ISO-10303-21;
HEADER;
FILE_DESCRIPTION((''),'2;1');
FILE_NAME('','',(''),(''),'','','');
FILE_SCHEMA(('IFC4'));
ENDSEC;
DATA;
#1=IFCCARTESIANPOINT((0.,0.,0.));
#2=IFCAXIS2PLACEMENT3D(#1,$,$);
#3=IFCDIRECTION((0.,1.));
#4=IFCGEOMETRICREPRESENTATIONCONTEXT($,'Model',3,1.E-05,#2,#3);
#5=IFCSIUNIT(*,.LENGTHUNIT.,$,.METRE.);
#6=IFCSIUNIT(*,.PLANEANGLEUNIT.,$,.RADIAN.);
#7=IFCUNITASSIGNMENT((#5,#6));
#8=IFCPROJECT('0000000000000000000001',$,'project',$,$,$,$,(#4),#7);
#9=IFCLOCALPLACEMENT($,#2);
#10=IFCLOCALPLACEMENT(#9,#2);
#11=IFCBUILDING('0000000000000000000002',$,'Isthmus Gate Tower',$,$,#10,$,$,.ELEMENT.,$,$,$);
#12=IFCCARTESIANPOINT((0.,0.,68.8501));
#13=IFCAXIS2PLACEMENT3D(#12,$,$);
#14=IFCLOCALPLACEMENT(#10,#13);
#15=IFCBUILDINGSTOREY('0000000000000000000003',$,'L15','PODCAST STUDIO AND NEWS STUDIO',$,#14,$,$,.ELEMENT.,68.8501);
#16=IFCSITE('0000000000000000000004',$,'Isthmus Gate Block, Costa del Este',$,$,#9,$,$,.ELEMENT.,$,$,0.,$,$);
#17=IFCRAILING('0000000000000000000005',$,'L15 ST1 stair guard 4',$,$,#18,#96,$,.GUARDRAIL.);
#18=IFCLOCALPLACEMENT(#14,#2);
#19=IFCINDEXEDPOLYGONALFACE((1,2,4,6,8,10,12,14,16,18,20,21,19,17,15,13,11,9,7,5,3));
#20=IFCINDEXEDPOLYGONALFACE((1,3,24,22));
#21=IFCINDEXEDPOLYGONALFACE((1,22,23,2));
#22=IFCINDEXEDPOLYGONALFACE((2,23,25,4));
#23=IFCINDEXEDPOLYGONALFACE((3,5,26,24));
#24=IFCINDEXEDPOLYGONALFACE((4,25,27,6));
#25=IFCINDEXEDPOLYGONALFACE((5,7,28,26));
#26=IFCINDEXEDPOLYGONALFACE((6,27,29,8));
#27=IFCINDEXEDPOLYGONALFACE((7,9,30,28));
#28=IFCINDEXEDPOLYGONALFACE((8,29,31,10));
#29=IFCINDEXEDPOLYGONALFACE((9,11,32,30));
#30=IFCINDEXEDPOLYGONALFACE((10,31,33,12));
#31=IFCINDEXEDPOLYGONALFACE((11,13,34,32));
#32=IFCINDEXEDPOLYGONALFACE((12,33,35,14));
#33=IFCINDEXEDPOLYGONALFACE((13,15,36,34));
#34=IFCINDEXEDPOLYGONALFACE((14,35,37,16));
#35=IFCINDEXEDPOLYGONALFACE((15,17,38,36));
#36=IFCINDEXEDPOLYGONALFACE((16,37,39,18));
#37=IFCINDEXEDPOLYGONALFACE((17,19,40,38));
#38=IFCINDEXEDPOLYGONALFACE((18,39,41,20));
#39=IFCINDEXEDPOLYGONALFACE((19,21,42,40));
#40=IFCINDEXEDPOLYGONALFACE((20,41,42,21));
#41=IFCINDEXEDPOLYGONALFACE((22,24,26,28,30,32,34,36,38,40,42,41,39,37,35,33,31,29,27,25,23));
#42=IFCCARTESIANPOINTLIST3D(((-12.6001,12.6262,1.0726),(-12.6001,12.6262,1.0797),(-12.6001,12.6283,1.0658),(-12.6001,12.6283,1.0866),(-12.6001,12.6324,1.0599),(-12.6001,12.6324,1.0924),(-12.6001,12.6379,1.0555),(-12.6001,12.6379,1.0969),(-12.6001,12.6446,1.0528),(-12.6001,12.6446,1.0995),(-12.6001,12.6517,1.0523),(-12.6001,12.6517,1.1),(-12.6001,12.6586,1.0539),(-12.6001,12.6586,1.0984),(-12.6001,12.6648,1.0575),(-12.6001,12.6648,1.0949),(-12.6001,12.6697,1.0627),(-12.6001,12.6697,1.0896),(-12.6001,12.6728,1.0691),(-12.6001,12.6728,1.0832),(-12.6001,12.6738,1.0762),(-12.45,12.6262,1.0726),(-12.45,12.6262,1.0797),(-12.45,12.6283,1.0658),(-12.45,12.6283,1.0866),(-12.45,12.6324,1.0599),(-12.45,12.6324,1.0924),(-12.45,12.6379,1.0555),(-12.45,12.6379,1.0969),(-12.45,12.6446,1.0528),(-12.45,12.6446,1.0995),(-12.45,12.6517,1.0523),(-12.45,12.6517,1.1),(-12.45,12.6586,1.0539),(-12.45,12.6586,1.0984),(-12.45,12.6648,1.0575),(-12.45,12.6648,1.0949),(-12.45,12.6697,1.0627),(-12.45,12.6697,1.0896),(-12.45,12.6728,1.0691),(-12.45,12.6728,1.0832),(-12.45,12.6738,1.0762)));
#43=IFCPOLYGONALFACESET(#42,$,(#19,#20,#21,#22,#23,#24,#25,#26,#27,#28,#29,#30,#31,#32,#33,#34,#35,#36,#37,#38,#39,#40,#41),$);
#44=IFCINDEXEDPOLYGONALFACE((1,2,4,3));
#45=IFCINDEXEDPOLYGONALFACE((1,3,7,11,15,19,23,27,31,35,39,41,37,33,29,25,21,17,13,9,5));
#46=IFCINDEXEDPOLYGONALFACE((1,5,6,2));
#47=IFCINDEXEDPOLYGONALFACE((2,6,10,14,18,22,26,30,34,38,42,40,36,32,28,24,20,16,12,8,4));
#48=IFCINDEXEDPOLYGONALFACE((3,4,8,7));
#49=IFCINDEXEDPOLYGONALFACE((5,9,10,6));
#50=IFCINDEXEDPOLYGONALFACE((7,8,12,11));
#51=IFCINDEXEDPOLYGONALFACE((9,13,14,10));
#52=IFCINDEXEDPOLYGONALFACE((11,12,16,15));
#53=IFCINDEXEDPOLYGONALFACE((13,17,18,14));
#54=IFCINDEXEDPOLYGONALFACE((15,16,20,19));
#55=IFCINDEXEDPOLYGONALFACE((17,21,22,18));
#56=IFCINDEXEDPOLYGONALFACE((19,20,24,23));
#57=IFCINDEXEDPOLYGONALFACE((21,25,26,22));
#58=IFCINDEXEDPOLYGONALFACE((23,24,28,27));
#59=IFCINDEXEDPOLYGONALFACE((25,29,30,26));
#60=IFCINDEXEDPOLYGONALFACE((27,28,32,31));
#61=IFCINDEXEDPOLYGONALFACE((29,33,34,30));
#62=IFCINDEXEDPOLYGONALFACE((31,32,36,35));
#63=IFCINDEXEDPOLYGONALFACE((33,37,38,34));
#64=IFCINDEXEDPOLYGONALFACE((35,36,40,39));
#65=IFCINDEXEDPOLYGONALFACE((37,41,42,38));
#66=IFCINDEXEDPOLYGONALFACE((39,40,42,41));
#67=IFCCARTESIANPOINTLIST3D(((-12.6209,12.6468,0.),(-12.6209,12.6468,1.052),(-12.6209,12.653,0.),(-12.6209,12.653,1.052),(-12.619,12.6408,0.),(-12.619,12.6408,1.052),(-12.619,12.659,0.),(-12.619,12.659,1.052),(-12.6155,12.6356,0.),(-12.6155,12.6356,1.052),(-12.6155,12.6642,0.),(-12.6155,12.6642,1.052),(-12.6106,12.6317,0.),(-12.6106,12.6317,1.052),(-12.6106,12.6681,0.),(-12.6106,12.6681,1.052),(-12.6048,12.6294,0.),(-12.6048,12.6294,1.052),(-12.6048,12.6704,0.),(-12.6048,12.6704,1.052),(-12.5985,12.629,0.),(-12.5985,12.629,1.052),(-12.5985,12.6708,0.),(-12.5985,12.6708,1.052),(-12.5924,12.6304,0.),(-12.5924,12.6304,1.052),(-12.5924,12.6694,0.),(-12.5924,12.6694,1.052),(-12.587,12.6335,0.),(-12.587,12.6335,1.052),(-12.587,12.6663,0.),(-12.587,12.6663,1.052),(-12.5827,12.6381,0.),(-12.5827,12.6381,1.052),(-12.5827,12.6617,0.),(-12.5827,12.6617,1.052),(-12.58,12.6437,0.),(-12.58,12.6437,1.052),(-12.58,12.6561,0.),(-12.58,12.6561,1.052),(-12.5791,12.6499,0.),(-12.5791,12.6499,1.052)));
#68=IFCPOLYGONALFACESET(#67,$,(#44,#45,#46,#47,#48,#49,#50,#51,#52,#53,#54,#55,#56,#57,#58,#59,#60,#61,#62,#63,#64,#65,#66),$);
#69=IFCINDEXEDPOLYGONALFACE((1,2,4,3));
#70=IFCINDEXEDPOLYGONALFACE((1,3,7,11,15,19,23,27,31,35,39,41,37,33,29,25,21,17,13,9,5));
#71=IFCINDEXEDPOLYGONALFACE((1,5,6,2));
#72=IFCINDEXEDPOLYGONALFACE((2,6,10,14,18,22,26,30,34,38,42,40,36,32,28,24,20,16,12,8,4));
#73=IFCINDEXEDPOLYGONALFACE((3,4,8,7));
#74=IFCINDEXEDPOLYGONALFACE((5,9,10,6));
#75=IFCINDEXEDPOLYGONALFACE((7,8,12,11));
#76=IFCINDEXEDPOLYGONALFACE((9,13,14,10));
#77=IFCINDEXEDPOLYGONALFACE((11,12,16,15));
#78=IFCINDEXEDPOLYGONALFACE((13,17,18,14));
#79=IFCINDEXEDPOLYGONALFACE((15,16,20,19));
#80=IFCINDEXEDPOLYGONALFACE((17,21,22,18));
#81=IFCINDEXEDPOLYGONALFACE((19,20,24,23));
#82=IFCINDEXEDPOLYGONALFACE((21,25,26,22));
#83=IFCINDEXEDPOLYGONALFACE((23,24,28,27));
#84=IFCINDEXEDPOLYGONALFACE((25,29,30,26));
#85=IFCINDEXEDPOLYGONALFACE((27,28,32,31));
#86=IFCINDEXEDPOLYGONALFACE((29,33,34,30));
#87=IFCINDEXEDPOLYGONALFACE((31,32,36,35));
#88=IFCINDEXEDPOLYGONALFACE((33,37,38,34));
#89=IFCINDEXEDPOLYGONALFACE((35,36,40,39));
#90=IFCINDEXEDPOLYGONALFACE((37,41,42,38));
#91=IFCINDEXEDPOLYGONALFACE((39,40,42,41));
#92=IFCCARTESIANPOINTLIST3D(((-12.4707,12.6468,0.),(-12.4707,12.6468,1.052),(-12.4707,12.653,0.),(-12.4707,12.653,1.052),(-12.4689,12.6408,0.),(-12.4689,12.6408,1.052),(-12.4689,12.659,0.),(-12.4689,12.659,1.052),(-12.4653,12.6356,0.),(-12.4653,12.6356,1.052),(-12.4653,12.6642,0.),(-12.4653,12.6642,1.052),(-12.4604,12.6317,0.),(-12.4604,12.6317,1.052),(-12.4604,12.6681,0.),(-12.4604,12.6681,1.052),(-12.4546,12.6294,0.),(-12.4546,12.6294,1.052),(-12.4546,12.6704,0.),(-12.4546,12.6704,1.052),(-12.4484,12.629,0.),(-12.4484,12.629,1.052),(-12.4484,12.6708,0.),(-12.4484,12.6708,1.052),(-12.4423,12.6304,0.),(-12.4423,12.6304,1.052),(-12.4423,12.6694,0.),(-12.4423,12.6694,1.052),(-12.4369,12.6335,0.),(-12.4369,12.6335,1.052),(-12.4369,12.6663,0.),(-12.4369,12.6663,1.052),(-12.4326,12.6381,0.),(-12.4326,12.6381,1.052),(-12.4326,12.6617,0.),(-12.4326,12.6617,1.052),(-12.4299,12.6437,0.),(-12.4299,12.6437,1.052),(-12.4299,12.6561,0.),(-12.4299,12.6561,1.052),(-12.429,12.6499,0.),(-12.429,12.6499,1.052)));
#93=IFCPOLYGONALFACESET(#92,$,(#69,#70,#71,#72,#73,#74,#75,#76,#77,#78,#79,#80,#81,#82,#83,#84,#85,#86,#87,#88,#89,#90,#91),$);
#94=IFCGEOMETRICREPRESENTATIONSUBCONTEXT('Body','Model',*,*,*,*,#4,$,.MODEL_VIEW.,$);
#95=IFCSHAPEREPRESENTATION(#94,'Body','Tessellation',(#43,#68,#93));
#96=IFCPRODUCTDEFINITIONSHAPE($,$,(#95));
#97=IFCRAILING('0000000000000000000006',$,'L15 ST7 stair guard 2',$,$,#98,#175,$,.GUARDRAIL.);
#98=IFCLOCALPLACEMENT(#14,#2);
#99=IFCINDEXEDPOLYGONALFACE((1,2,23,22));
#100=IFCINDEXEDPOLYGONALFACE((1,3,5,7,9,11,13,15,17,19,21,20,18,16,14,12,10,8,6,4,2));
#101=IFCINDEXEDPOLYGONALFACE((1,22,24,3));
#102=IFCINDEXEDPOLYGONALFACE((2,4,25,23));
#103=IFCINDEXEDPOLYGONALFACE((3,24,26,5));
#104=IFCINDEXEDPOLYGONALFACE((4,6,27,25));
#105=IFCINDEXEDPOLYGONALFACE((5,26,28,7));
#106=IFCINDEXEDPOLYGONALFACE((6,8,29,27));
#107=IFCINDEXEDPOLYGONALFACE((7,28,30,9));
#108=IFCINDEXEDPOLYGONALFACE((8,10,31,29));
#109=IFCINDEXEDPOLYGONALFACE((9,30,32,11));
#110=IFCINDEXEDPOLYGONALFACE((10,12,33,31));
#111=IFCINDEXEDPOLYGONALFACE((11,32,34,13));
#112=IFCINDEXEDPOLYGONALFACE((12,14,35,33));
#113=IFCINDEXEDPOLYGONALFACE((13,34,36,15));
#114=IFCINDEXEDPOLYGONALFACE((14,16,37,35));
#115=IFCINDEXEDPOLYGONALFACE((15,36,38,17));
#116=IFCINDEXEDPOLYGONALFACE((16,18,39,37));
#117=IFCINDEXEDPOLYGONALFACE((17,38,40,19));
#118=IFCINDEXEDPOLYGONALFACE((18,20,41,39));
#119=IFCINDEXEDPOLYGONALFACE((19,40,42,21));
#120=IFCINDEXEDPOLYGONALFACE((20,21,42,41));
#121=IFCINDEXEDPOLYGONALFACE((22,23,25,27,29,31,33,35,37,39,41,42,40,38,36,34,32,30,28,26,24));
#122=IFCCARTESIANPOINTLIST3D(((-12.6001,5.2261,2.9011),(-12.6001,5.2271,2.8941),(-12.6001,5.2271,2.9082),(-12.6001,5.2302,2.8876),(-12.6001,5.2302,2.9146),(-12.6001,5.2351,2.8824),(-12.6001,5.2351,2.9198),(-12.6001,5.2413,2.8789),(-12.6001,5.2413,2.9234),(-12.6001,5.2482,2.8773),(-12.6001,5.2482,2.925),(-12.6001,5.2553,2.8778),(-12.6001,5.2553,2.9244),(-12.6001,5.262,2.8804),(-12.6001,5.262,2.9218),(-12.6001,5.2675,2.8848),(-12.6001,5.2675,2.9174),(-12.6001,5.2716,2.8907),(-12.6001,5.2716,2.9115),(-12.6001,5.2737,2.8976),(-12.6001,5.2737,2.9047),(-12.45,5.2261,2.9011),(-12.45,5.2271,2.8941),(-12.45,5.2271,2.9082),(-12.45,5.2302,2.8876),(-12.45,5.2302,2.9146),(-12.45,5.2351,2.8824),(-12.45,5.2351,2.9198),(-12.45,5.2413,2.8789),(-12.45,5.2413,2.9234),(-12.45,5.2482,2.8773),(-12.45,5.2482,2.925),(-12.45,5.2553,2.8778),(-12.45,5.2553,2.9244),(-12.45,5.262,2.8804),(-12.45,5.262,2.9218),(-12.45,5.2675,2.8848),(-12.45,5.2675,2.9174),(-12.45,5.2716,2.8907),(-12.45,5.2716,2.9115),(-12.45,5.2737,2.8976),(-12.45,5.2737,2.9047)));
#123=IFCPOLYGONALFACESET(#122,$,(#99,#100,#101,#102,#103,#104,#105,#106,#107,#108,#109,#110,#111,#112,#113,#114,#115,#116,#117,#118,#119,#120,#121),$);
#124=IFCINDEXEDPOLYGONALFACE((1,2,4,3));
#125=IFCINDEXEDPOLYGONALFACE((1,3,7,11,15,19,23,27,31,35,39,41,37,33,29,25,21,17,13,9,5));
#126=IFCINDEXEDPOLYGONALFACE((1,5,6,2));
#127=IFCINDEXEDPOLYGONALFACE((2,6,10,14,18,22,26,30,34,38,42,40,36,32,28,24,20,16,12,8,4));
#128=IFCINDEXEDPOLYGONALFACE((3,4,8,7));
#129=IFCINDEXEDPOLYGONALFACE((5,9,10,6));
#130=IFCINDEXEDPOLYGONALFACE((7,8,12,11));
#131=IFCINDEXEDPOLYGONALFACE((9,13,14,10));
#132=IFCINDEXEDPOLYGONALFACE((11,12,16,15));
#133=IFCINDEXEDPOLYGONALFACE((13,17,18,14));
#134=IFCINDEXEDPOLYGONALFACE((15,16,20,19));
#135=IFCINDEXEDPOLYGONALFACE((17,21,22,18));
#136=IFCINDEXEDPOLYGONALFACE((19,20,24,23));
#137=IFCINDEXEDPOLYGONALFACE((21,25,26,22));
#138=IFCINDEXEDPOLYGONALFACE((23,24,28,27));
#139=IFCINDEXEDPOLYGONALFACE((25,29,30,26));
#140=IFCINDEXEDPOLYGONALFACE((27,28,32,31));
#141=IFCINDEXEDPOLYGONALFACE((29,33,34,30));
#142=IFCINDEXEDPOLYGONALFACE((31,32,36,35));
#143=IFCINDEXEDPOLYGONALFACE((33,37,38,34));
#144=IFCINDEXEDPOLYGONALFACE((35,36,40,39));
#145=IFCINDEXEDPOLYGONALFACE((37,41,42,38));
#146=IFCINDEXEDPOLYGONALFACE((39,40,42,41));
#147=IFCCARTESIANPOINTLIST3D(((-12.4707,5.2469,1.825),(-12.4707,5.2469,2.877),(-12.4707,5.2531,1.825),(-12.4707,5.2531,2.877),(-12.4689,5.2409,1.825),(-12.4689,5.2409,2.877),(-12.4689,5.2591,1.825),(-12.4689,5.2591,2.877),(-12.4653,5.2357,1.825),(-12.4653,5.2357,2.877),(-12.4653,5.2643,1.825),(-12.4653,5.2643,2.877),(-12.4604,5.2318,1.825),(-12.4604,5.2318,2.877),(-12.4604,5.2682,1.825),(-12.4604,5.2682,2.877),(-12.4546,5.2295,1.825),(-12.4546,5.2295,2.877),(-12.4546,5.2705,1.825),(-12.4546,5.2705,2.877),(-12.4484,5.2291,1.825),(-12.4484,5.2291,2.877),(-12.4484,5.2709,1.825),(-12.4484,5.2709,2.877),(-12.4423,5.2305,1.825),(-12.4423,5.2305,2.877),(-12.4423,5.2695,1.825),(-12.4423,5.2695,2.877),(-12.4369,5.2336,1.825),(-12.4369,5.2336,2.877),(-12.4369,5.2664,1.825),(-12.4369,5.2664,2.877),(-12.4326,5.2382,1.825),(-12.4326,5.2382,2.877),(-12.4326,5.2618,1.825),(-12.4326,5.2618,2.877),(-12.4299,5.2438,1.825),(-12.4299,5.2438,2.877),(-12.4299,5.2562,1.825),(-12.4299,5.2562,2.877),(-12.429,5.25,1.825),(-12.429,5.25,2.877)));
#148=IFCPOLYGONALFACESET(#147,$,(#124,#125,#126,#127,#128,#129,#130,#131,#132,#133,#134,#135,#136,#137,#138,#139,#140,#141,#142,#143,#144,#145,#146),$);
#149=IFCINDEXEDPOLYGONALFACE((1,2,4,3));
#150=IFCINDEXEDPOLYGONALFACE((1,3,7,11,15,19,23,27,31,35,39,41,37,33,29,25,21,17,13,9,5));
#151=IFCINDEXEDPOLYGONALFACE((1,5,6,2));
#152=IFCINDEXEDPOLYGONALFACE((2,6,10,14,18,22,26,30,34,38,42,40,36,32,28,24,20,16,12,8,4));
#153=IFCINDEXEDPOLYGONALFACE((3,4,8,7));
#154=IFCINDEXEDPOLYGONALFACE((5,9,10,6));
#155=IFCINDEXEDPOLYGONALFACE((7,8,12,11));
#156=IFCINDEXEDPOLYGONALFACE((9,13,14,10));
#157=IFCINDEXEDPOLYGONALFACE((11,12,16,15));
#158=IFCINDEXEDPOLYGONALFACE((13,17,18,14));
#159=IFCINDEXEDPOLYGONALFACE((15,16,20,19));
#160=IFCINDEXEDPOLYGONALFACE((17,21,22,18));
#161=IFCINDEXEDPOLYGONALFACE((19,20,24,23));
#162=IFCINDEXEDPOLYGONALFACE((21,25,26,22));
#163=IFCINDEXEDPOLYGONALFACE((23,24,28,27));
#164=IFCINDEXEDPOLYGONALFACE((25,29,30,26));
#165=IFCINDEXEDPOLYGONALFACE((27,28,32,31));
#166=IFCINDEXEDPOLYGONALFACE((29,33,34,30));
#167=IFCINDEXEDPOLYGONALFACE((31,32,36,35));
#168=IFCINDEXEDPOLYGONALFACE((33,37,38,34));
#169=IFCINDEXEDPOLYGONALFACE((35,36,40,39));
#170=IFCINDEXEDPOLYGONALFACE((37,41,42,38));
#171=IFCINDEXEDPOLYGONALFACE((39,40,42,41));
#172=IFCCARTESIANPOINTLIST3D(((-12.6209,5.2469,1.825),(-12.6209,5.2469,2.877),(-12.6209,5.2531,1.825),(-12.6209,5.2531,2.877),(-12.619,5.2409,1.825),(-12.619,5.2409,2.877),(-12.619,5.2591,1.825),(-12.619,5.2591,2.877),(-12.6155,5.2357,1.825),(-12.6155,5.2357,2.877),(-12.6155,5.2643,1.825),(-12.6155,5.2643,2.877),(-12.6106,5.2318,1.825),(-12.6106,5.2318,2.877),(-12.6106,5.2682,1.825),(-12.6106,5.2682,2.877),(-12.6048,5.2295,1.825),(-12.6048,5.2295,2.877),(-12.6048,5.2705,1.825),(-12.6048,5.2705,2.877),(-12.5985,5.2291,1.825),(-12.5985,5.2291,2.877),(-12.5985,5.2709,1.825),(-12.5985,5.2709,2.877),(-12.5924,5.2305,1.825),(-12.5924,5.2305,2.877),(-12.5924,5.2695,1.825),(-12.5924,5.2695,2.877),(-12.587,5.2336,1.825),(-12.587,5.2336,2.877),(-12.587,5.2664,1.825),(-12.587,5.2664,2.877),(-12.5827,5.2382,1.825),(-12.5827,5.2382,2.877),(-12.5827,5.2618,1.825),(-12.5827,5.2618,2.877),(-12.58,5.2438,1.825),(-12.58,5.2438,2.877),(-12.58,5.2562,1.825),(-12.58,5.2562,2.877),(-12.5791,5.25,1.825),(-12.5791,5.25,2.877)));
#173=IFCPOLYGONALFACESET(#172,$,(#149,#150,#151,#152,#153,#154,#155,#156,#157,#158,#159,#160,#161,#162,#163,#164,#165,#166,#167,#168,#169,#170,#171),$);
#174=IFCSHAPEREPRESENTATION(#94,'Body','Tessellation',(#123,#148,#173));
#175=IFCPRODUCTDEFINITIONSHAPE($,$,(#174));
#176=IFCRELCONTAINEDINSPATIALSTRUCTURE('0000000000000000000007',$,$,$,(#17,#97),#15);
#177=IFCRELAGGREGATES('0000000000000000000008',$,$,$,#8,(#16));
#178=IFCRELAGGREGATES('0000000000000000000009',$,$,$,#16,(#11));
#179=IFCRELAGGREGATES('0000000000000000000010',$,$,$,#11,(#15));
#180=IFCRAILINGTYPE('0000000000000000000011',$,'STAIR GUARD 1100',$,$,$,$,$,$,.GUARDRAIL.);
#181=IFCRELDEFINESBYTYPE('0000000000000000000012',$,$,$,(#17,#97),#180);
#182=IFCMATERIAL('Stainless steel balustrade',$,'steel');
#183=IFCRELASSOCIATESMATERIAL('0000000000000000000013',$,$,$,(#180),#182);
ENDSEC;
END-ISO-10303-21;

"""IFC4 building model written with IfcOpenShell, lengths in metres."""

from ifc_helpers import new_model, si_unit, direction, frame, origin, origin_2d, place, context, subcontext, project, spatial, circle, extrude, material, type_object, element, save


model = new_model("IFC4")

# Units and contexts
model_context = context("Model", 3, precision=1e-05, world=origin(), true_north=direction((0.0, 1.0)))
body_context = subcontext(model_context, "Body", "Model", "MODEL_VIEW")
ifc_project = project(units=[si_unit("LENGTHUNIT", "METRE"), si_unit("PLANEANGLEUNIT", "RADIAN")], contexts=[model_context])

# Site, building, storey
site_placement = place(None, origin())
site = spatial("IfcSite", under=ifc_project, at=site_placement, Name="Isthmus Gate Block, Costa del Este", CompositionType="ELEMENT", RefElevation=0.0)
building_placement = place(site_placement, origin())
building = spatial("IfcBuilding", under=site, at=building_placement, Name="Isthmus Gate Tower", CompositionType="ELEMENT")
storey_placement = place(building_placement, frame((0.0, 0.0, 68.8501)))
storey = spatial("IfcBuildingStorey", under=building, at=storey_placement, Name="L15", Description="PODCAST STUDIO AND NEWS STUDIO", CompositionType="ELEMENT", Elevation=68.8501)

# Railings
ifc_material_1 = material(Name="Stainless steel balustrade", Category="steel")
railing_type_1 = type_object("IfcRailingType", Name="STAIR GUARD 1100", PredefinedType="GUARDRAIL", material=ifc_material_1)
railing_1_placement = place(storey_placement, frame((-12.6001, 12.6499, 0.0)))
element("IfcRailing", 1, at=railing_1_placement, inside=storey, type_object=railing_type_1, Name="L15 ST1 stair guard 4", PredefinedType="GUARDRAIL", context=body_context, shape_type="SweptSolid", body=[
    extrude(circle(Radius=0.0239, at=origin_2d()), frame((0.0, 0.0, 1.0762), z_axis=(1.0, 0.0, 0.0), x_axis=(0.0, 1.0, 0.0)), (0.0, 0.0, 1.0), 0.1501),
    extrude(circle(Radius=0.021, at=origin_2d()), origin(), (0.0, 0.0, 1.0), 1.052),
    extrude(circle(Radius=0.021, at=origin_2d()), frame((0.1501, 0.0, 0.0)), (0.0, 0.0, 1.0), 1.052),
])
railing_2_placement = place(storey_placement, frame((-12.45, 5.25, 1.825)))
element("IfcRailing", 2, at=railing_2_placement, inside=storey, type_object=railing_type_1, Name="L15 ST7 stair guard 2", PredefinedType="GUARDRAIL", context=body_context, shape_type="SweptSolid", body=[
    extrude(circle(Radius=0.0239, at=origin_2d()), frame((0.0, 0.0, 1.0762), z_axis=(-1.0, 0.0, 0.0), x_axis=(0.0, -1.0, 0.0)), (0.0, 0.0, 1.0), 0.1501),
    extrude(circle(Radius=0.021, at=origin_2d()), origin(), (0.0, 0.0, 1.0), 1.052),
    extrude(circle(Radius=0.021, at=origin_2d()), frame((-0.1501, 0.0, 0.0)), (0.0, 0.0, 1.0), 1.052),
])

save(model, "model.ifc")
